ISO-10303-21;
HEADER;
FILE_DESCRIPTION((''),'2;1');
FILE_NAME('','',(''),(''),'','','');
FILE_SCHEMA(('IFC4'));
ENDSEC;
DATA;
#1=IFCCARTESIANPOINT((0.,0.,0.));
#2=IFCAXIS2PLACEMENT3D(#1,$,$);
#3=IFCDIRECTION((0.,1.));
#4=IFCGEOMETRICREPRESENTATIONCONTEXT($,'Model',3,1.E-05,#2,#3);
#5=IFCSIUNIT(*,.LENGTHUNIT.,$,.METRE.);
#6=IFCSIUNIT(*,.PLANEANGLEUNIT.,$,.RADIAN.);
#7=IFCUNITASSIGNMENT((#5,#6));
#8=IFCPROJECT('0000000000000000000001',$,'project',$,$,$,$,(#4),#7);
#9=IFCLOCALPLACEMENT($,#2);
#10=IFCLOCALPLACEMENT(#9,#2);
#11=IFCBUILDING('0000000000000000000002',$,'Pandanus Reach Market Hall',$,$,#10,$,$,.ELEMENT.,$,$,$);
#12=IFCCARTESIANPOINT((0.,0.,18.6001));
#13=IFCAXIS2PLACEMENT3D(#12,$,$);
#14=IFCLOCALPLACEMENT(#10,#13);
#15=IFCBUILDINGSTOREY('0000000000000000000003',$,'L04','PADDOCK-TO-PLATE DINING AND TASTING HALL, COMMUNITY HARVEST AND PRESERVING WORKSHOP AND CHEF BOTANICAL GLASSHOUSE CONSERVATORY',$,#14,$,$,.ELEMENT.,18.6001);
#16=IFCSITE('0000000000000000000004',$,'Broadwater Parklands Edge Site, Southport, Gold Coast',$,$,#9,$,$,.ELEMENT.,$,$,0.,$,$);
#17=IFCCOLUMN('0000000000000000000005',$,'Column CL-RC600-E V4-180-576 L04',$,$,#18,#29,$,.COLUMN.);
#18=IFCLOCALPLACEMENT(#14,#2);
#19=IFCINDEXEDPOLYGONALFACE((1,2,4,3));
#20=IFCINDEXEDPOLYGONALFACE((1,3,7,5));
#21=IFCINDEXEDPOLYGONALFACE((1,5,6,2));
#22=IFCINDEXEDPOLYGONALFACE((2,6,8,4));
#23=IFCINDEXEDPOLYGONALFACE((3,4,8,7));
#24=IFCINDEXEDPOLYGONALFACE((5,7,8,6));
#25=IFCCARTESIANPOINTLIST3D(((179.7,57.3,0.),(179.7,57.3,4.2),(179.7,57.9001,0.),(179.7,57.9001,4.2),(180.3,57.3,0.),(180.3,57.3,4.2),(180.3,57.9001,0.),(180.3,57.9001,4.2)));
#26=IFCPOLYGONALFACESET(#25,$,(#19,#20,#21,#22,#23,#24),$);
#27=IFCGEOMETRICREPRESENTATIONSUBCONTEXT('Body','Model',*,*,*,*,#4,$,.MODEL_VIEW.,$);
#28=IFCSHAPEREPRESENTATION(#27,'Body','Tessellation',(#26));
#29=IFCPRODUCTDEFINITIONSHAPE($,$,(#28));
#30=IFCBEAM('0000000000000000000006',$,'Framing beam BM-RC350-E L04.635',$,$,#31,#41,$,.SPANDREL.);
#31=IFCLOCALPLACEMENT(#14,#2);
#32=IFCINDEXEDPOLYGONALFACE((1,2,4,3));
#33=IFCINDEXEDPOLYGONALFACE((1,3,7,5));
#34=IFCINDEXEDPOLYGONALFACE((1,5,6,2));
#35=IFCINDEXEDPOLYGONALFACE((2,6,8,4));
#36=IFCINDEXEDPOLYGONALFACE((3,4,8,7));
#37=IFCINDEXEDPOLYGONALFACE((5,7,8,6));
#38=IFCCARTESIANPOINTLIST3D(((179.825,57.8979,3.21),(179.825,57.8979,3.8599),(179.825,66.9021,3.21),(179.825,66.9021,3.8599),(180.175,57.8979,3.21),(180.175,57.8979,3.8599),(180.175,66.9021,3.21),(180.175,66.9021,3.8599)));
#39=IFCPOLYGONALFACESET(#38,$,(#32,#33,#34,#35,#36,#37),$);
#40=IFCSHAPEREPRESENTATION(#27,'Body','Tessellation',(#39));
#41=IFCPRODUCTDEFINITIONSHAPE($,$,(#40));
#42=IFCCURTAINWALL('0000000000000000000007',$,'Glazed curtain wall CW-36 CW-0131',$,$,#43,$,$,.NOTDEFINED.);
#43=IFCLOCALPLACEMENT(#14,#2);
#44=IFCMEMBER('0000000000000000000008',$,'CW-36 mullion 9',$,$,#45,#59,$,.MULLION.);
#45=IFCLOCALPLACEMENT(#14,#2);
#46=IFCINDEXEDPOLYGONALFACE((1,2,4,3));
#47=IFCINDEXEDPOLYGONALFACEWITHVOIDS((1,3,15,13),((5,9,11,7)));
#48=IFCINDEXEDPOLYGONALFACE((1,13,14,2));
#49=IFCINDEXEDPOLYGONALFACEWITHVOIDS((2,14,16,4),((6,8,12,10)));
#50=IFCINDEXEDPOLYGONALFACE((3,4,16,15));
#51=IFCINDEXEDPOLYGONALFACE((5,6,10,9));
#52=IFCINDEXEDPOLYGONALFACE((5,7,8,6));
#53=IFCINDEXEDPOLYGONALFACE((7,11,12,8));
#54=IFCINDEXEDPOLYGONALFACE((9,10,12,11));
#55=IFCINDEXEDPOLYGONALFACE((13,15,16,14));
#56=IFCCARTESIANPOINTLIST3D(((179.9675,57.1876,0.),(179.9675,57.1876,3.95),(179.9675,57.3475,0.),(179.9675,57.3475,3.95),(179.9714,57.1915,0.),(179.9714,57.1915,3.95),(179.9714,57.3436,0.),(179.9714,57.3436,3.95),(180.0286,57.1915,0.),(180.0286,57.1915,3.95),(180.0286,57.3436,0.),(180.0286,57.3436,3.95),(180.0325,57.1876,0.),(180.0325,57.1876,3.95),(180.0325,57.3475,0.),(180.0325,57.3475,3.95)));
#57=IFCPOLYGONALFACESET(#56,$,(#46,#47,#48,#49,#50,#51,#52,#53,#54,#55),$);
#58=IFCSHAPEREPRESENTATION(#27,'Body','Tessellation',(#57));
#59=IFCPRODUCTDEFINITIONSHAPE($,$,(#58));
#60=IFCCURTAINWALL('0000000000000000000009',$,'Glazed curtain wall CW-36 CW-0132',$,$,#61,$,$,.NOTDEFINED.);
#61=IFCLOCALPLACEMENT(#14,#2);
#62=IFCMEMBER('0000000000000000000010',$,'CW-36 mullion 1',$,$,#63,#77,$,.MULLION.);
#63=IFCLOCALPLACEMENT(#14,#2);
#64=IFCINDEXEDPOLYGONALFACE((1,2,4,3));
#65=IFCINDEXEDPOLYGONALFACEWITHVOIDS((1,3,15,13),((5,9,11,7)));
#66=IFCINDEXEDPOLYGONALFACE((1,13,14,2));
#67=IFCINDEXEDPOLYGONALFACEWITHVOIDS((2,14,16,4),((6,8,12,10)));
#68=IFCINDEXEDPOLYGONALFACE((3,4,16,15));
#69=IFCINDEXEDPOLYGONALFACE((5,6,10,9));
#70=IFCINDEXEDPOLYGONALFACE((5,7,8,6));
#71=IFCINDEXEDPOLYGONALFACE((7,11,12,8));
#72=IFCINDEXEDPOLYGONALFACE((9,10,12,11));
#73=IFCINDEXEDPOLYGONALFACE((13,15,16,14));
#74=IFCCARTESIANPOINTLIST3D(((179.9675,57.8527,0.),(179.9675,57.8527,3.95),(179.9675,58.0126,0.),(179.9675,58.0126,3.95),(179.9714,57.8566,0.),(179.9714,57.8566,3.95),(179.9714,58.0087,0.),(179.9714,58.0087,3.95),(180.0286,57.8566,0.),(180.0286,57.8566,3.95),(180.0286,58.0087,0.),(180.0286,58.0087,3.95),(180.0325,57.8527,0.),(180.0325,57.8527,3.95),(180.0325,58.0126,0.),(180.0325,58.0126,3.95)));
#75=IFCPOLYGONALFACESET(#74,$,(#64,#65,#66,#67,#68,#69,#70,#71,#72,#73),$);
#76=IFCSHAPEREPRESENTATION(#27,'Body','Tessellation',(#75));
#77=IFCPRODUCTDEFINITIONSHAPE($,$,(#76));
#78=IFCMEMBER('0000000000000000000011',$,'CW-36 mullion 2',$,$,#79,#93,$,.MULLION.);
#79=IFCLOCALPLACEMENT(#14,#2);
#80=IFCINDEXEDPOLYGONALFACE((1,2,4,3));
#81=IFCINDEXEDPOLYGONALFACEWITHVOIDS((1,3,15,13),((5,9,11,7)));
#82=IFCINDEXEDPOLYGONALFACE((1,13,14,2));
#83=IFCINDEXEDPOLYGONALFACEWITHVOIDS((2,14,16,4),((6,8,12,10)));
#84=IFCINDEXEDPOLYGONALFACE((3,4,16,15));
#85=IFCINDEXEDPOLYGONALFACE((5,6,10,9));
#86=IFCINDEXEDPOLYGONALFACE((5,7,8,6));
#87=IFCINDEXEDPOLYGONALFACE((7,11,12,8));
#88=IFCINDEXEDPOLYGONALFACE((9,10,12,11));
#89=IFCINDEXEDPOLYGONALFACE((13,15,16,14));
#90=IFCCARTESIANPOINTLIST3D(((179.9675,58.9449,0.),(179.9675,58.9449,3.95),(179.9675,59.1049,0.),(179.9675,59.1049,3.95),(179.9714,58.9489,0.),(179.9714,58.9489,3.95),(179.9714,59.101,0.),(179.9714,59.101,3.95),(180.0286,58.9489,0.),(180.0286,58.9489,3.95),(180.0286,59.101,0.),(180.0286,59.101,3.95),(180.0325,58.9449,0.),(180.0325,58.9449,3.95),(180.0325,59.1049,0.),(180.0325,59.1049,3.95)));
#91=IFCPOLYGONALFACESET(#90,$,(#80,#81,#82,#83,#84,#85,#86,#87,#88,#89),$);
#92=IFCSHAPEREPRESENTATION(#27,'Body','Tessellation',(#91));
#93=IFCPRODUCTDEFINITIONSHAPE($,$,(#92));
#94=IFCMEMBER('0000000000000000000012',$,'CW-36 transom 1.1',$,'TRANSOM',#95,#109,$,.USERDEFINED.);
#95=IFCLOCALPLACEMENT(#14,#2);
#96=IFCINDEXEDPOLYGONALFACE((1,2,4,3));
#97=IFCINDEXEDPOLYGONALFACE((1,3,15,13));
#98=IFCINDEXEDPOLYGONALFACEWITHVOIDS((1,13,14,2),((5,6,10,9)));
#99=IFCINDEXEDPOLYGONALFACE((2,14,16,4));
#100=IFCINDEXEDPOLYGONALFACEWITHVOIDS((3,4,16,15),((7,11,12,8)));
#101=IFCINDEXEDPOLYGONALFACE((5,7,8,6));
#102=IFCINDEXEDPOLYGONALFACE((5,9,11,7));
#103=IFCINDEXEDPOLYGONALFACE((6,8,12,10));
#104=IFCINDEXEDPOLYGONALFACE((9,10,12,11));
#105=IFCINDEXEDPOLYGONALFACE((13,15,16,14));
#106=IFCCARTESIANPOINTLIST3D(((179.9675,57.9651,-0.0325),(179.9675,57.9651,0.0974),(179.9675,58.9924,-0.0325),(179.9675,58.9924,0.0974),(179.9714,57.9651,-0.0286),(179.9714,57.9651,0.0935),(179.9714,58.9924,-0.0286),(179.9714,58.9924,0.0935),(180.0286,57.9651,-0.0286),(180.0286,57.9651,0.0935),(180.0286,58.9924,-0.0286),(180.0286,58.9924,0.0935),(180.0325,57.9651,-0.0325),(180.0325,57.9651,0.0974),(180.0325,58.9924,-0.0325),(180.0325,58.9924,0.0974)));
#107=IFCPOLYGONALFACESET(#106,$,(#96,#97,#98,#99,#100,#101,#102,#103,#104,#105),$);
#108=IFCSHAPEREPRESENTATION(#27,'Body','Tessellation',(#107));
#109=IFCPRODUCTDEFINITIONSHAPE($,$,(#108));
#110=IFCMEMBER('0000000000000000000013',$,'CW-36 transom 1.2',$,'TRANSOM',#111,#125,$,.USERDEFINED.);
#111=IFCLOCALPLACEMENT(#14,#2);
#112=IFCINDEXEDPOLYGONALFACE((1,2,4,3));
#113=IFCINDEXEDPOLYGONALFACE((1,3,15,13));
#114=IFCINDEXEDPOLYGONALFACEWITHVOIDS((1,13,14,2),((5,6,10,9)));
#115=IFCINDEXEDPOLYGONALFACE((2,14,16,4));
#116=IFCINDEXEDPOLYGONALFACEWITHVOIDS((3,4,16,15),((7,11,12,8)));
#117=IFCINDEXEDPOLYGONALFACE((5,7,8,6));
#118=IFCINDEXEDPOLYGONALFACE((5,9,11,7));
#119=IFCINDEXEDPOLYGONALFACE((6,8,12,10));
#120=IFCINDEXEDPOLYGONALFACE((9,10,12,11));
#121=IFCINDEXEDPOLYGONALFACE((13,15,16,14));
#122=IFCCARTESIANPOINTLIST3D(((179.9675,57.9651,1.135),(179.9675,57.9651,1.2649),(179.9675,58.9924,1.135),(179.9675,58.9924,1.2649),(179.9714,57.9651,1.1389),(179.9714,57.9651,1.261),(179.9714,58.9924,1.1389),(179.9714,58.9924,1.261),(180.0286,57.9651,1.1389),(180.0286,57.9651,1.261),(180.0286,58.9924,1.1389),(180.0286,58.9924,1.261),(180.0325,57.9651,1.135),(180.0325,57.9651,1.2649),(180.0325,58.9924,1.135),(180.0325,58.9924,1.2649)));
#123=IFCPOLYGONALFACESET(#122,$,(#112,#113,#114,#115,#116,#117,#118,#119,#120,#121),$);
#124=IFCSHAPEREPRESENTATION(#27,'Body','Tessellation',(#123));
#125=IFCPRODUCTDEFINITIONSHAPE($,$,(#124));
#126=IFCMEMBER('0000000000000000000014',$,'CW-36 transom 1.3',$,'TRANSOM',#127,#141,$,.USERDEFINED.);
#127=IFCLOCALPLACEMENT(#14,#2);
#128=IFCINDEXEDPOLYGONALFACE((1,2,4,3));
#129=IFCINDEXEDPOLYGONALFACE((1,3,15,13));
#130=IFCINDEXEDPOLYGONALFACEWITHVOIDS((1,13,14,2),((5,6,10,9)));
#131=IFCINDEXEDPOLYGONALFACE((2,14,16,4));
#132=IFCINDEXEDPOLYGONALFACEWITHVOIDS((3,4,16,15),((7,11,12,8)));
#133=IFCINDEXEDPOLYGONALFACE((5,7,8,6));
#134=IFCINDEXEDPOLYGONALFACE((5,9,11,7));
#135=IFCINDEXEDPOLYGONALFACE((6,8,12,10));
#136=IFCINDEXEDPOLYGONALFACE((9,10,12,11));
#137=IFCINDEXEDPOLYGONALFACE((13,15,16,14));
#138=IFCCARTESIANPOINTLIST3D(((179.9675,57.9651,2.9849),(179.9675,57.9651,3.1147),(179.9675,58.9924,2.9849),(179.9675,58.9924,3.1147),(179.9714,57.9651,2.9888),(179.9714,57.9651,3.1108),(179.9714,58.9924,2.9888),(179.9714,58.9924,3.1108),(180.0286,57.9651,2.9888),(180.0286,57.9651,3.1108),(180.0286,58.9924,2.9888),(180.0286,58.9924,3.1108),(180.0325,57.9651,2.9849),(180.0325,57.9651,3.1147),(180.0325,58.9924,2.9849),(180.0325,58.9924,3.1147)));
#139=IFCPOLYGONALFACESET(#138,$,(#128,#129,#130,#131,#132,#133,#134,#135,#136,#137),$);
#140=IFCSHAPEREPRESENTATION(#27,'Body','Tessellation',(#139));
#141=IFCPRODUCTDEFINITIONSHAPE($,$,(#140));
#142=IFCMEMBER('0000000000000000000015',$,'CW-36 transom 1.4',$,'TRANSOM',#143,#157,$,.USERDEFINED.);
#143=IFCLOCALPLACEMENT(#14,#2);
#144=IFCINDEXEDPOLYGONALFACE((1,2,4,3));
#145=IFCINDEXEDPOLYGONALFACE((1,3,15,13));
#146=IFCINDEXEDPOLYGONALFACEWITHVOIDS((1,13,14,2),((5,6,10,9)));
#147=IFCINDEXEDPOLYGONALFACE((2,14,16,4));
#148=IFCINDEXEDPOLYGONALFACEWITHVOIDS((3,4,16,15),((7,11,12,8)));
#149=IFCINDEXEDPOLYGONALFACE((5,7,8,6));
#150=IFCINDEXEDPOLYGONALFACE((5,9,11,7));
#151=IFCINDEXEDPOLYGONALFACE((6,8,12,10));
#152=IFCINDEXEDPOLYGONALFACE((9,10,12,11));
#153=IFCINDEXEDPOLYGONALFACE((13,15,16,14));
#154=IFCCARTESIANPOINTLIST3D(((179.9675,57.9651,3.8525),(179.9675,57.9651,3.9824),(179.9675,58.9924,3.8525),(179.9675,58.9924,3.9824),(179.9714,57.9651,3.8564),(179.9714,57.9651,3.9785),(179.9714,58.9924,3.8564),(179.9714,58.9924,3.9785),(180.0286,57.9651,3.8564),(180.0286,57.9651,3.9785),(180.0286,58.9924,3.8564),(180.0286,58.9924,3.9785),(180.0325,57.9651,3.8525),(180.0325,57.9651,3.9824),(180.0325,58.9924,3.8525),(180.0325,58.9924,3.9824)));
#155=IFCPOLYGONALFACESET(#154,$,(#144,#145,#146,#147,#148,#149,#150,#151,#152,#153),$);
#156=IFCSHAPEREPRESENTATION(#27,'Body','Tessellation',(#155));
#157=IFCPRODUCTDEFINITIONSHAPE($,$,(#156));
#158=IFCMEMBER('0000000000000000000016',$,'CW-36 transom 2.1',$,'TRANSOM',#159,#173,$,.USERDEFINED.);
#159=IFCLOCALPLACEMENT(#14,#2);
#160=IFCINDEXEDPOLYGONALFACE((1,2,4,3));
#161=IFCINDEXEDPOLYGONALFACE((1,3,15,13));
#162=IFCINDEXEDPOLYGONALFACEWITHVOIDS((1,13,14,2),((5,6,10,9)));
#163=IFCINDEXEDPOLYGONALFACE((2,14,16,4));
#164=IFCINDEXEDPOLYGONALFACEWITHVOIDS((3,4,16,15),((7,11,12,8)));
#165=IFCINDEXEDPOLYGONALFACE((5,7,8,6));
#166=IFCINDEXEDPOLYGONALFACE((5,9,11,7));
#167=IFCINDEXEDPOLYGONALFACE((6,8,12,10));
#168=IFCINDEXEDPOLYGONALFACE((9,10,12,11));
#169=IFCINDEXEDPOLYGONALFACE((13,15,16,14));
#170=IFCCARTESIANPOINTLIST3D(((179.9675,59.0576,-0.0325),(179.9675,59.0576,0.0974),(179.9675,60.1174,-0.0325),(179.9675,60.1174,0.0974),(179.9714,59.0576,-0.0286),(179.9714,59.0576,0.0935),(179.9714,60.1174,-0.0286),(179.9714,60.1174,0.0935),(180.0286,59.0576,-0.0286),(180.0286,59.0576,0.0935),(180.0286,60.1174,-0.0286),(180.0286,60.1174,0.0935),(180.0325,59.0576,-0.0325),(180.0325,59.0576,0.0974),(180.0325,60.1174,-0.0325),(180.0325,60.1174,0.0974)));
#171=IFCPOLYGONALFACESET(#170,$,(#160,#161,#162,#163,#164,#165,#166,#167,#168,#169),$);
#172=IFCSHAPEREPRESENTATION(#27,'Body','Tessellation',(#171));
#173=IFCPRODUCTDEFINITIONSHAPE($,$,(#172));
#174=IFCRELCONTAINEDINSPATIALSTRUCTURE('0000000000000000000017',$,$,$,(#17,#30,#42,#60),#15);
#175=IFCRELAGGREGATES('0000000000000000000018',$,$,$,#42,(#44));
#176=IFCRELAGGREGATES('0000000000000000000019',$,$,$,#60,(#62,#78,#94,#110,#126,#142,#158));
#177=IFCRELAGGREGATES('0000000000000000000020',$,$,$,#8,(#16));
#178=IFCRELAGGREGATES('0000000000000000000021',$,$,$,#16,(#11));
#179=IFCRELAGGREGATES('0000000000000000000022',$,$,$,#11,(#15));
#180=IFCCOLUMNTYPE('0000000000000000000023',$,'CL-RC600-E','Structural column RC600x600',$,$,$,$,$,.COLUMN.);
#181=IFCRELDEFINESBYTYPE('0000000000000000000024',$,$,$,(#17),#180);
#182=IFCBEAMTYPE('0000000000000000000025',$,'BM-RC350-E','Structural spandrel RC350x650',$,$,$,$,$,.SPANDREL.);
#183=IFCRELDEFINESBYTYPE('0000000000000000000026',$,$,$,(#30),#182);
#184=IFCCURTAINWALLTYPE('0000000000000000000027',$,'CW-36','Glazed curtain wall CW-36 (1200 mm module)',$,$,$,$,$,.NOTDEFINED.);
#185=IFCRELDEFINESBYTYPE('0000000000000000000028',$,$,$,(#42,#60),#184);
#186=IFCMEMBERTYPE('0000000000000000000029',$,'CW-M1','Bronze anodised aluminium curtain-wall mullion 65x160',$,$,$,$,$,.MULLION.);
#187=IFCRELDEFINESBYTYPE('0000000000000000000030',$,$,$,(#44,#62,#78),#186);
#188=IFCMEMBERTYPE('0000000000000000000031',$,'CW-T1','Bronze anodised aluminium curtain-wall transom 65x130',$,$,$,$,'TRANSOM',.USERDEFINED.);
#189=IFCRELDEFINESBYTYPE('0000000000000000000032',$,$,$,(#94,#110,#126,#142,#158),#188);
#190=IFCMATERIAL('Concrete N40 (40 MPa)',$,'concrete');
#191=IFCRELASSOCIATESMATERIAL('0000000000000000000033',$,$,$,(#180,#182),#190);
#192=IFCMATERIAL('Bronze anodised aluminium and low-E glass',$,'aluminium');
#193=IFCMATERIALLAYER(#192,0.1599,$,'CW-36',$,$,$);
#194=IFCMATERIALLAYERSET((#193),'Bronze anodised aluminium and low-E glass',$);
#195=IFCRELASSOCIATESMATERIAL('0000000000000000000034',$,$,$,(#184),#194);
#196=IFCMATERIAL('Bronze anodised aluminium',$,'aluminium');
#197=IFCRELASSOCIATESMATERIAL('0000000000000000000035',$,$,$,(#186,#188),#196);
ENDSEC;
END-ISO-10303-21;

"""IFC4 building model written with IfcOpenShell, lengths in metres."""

from ifc_helpers import new_model, si_unit, direction, frame, origin, origin_2d, place, context, subcontext, project, spatial, rectangle, hollow_rectangle, extrude, material, layer, layer_set, material_profile, profile_set, type_object, element, aggregate, save


model = new_model("IFC4")

# Units and contexts
model_context = context("Model", 3, precision=1e-05, world=origin(), true_north=direction((0.0, 1.0)))
body_context = subcontext(model_context, "Body", "Model", "MODEL_VIEW")
ifc_project = project(units=[si_unit("LENGTHUNIT", "METRE"), si_unit("PLANEANGLEUNIT", "RADIAN")], contexts=[model_context])

# Site, building, storey
site_placement = place(None, origin())
site = spatial("IfcSite", under=ifc_project, at=site_placement, Name="Broadwater Parklands Edge Site, Southport, Gold Coast", CompositionType="ELEMENT", RefElevation=0.0)
building_placement = place(site_placement, origin())
building = spatial("IfcBuilding", under=site, at=building_placement, Name="Pandanus Reach Market Hall", CompositionType="ELEMENT")
storey_placement = place(building_placement, frame((0.0, 0.0, 18.6001)))
storey = spatial("IfcBuildingStorey", under=building, at=storey_placement, Name="L04", Description="PADDOCK-TO-PLATE DINING AND TASTING HALL, COMMUNITY HARVEST AND PRESERVING WORKSHOP AND CHEF BOTANICAL GLASSHOUSE CONSERVATORY", CompositionType="ELEMENT", Elevation=18.6001)

# Column
ifc_material_1 = material(Name="Concrete N40 (40 MPa)", Category="concrete")
ifc_material_profile_1 = material_profile(ifc_material_1, rectangle(XDim=0.6001, YDim=0.6001, at=origin_2d()), Name="RC600x600", Category="LoadBearing")
ifc_profile_set_1 = profile_set([ifc_material_profile_1], Name="Concrete N40 (40 MPa)")
column_type = type_object("IfcColumnType", Name="CL-RC600-E", Description="Structural column RC600x600", PredefinedType="COLUMN", material=ifc_profile_set_1)
column_placement = place(storey_placement, frame((180.0, 57.6001, 0.0), z_axis=(0.0, 0.0, 1.0), x_axis=(1.0, 0.0, 0.0)))
element("IfcColumn", 1, at=column_placement, inside=storey, type_object=column_type, Name="Column CL-RC600-E V4-180-576 L04", PredefinedType="COLUMN", context=body_context, shape_type="SweptSolid", body=[
    extrude(rectangle(XDim=0.6001, YDim=0.6001, at=origin_2d()), origin(), (0.0, 0.0, 1.0), 4.2),
])

# Beam
ifc_material_profile_2 = material_profile(ifc_material_1, rectangle(XDim=0.3501, YDim=0.6499, at=origin_2d()), Name="RC350x650", Category="LoadBearing")
ifc_profile_set_2 = profile_set([ifc_material_profile_2], Name="Concrete N40 (40 MPa)")
beam_type_1 = type_object("IfcBeamType", Name="BM-RC350-E", Description="Structural spandrel RC350x650", PredefinedType="SPANDREL", material=ifc_profile_set_2)
beam_placement = place(storey_placement, frame((180.0, 57.8979, 3.5349), z_axis=(0.0, 1.0, 0.0), x_axis=(-1.0, 0.0, 0.0)))
element("IfcBeam", 2, at=beam_placement, inside=storey, type_object=beam_type_1, Name="Framing beam BM-RC350-E L04.635", PredefinedType="SPANDREL", context=body_context, shape_type="SweptSolid", body=[
    extrude(rectangle(XDim=0.3501, YDim=0.6499, at=origin_2d()), origin(), (0.0, 0.0, 1.0), 9.0042),
])

# Curtain wall, member
ifc_material_2 = material(Name="Bronze anodised aluminium and low-E glass", Category="aluminium")
ifc_layer_1 = layer(ifc_material_2, 0.1599, Name="CW-36")
ifc_layer_set_1 = layer_set([ifc_layer_1], Name="Bronze anodised aluminium and low-E glass")
curtain_wall_type = type_object("IfcCurtainWallType", Name="CW-36", Description="Glazed curtain wall CW-36 (1200 mm module)", PredefinedType="NOTDEFINED", material=ifc_layer_set_1)
curtain_wall_1_placement = place(storey_placement, origin())
curtain_wall_1 = element("IfcCurtainWall", 3, at=curtain_wall_1_placement, inside=storey, type_object=curtain_wall_type, Name="Glazed curtain wall CW-36 CW-0131", PredefinedType="NOTDEFINED")
ifc_material_3 = material(Name="Bronze anodised aluminium", Category="aluminium")
ifc_material_profile_3 = material_profile(ifc_material_3, hollow_rectangle(XDim=0.0649, YDim=0.1599, WallThickness=0.0039, at=origin_2d()), Name="ALU65x160", Category="LoadBearing")
ifc_profile_set_3 = profile_set([ifc_material_profile_3], Name="Bronze anodised aluminium")
member_type_1 = type_object("IfcMemberType", Name="CW-M1", Description="Bronze anodised aluminium curtain-wall mullion 65x160", PredefinedType="MULLION", material=ifc_profile_set_3)
member_1_placement = place(storey_placement, frame((180.0, 57.2676, 0.0), z_axis=(0.0, 0.0, 1.0), x_axis=(-1.0, 0.0, 0.0)))
member_1 = element("IfcMember", 4, at=member_1_placement, type_object=member_type_1, Name="CW-36 mullion 9", PredefinedType="MULLION", context=body_context, shape_type="SweptSolid", body=[
    extrude(hollow_rectangle(XDim=0.0649, YDim=0.1599, WallThickness=0.0039, at=origin_2d()), origin(), (0.0, 0.0, 1.0), 3.95),
])
aggregate(curtain_wall_1, [member_1])

# Curtain wall, members
curtain_wall_2_placement = place(storey_placement, origin())
curtain_wall_2 = element("IfcCurtainWall", 5, at=curtain_wall_2_placement, inside=storey, type_object=curtain_wall_type, Name="Glazed curtain wall CW-36 CW-0132", PredefinedType="NOTDEFINED")
member_2_placement = place(storey_placement, frame((180.0, 57.9326, 0.0), z_axis=(0.0, 0.0, 1.0), x_axis=(-1.0, 0.0, 0.0)))
member_2 = element("IfcMember", 6, at=member_2_placement, type_object=member_type_1, Name="CW-36 mullion 1", PredefinedType="MULLION", context=body_context, shape_type="SweptSolid", body=[
    extrude(hollow_rectangle(XDim=0.0649, YDim=0.1599, WallThickness=0.0039, at=origin_2d()), origin(), (0.0, 0.0, 1.0), 3.95),
])
member_3_placement = place(storey_placement, frame((180.0, 59.0249, 0.0), z_axis=(0.0, 0.0, 1.0), x_axis=(-1.0, 0.0, 0.0)))
member_3 = element("IfcMember", 7, at=member_3_placement, type_object=member_type_1, Name="CW-36 mullion 2", PredefinedType="MULLION", context=body_context, shape_type="SweptSolid", body=[
    extrude(hollow_rectangle(XDim=0.0649, YDim=0.1599, WallThickness=0.0039, at=origin_2d()), origin(), (0.0, 0.0, 1.0), 3.95),
])
ifc_material_profile_4 = material_profile(ifc_material_3, hollow_rectangle(XDim=0.0649, YDim=0.1299, WallThickness=0.0039, at=origin_2d()), Name="ALU65x130", Category="LoadBearing")
ifc_profile_set_4 = profile_set([ifc_material_profile_4], Name="Bronze anodised aluminium")
member_type_2 = type_object("IfcMemberType", Name="CW-T1", Description="Bronze anodised aluminium curtain-wall transom 65x130", ElementType="TRANSOM", PredefinedType="USERDEFINED", material=ifc_profile_set_4)
member_4_placement = place(storey_placement, frame((180.0, 57.9651, 0.0325), z_axis=(0.0, 1.0, 0.0), x_axis=(-1.0, 0.0, 0.0)))
member_4 = element("IfcMember", 8, at=member_4_placement, type_object=member_type_2, Name="CW-36 transom 1.1", ObjectType="TRANSOM", PredefinedType="USERDEFINED", context=body_context, shape_type="SweptSolid", body=[
    extrude(hollow_rectangle(XDim=0.0649, YDim=0.1299, WallThickness=0.0039, at=origin_2d()), origin(), (0.0, 0.0, 1.0), 1.0273),
])
member_5_placement = place(storey_placement, frame((180.0, 57.9651, 1.2), z_axis=(0.0, 1.0, 0.0), x_axis=(-1.0, 0.0, 0.0)))
member_5 = element("IfcMember", 9, at=member_5_placement, type_object=member_type_2, Name="CW-36 transom 1.2", ObjectType="TRANSOM", PredefinedType="USERDEFINED", context=body_context, shape_type="SweptSolid", body=[
    extrude(hollow_rectangle(XDim=0.0649, YDim=0.1299, WallThickness=0.0039, at=origin_2d()), origin(), (0.0, 0.0, 1.0), 1.0273),
])
member_6_placement = place(storey_placement, frame((180.0, 57.9651, 3.0498), z_axis=(0.0, 1.0, 0.0), x_axis=(-1.0, 0.0, 0.0)))
member_6 = element("IfcMember", 10, at=member_6_placement, type_object=member_type_2, Name="CW-36 transom 1.3", ObjectType="TRANSOM", PredefinedType="USERDEFINED", context=body_context, shape_type="SweptSolid", body=[
    extrude(hollow_rectangle(XDim=0.0649, YDim=0.1299, WallThickness=0.0039, at=origin_2d()), origin(), (0.0, 0.0, 1.0), 1.0273),
])
member_7_placement = place(storey_placement, frame((180.0, 57.9651, 3.9175), z_axis=(0.0, 1.0, 0.0), x_axis=(-1.0, 0.0, 0.0)))
member_7 = element("IfcMember", 11, at=member_7_placement, type_object=member_type_2, Name="CW-36 transom 1.4", ObjectType="TRANSOM", PredefinedType="USERDEFINED", context=body_context, shape_type="SweptSolid", body=[
    extrude(hollow_rectangle(XDim=0.0649, YDim=0.1299, WallThickness=0.0039, at=origin_2d()), origin(), (0.0, 0.0, 1.0), 1.0273),
])
member_8_placement = place(storey_placement, frame((180.0, 59.0576, 0.0325), z_axis=(0.0, 1.0, 0.0), x_axis=(-1.0, 0.0, 0.0)))
member_8 = element("IfcMember", 12, at=member_8_placement, type_object=member_type_2, Name="CW-36 transom 2.1", ObjectType="TRANSOM", PredefinedType="USERDEFINED", context=body_context, shape_type="SweptSolid", body=[
    extrude(hollow_rectangle(XDim=0.0649, YDim=0.1299, WallThickness=0.0039, at=origin_2d()), origin(), (0.0, 0.0, 1.0), 1.0598),
])

aggregate(curtain_wall_2, [member_2, member_3, member_4, member_5, member_6, member_7, member_8])

save(model, "model.ifc")
